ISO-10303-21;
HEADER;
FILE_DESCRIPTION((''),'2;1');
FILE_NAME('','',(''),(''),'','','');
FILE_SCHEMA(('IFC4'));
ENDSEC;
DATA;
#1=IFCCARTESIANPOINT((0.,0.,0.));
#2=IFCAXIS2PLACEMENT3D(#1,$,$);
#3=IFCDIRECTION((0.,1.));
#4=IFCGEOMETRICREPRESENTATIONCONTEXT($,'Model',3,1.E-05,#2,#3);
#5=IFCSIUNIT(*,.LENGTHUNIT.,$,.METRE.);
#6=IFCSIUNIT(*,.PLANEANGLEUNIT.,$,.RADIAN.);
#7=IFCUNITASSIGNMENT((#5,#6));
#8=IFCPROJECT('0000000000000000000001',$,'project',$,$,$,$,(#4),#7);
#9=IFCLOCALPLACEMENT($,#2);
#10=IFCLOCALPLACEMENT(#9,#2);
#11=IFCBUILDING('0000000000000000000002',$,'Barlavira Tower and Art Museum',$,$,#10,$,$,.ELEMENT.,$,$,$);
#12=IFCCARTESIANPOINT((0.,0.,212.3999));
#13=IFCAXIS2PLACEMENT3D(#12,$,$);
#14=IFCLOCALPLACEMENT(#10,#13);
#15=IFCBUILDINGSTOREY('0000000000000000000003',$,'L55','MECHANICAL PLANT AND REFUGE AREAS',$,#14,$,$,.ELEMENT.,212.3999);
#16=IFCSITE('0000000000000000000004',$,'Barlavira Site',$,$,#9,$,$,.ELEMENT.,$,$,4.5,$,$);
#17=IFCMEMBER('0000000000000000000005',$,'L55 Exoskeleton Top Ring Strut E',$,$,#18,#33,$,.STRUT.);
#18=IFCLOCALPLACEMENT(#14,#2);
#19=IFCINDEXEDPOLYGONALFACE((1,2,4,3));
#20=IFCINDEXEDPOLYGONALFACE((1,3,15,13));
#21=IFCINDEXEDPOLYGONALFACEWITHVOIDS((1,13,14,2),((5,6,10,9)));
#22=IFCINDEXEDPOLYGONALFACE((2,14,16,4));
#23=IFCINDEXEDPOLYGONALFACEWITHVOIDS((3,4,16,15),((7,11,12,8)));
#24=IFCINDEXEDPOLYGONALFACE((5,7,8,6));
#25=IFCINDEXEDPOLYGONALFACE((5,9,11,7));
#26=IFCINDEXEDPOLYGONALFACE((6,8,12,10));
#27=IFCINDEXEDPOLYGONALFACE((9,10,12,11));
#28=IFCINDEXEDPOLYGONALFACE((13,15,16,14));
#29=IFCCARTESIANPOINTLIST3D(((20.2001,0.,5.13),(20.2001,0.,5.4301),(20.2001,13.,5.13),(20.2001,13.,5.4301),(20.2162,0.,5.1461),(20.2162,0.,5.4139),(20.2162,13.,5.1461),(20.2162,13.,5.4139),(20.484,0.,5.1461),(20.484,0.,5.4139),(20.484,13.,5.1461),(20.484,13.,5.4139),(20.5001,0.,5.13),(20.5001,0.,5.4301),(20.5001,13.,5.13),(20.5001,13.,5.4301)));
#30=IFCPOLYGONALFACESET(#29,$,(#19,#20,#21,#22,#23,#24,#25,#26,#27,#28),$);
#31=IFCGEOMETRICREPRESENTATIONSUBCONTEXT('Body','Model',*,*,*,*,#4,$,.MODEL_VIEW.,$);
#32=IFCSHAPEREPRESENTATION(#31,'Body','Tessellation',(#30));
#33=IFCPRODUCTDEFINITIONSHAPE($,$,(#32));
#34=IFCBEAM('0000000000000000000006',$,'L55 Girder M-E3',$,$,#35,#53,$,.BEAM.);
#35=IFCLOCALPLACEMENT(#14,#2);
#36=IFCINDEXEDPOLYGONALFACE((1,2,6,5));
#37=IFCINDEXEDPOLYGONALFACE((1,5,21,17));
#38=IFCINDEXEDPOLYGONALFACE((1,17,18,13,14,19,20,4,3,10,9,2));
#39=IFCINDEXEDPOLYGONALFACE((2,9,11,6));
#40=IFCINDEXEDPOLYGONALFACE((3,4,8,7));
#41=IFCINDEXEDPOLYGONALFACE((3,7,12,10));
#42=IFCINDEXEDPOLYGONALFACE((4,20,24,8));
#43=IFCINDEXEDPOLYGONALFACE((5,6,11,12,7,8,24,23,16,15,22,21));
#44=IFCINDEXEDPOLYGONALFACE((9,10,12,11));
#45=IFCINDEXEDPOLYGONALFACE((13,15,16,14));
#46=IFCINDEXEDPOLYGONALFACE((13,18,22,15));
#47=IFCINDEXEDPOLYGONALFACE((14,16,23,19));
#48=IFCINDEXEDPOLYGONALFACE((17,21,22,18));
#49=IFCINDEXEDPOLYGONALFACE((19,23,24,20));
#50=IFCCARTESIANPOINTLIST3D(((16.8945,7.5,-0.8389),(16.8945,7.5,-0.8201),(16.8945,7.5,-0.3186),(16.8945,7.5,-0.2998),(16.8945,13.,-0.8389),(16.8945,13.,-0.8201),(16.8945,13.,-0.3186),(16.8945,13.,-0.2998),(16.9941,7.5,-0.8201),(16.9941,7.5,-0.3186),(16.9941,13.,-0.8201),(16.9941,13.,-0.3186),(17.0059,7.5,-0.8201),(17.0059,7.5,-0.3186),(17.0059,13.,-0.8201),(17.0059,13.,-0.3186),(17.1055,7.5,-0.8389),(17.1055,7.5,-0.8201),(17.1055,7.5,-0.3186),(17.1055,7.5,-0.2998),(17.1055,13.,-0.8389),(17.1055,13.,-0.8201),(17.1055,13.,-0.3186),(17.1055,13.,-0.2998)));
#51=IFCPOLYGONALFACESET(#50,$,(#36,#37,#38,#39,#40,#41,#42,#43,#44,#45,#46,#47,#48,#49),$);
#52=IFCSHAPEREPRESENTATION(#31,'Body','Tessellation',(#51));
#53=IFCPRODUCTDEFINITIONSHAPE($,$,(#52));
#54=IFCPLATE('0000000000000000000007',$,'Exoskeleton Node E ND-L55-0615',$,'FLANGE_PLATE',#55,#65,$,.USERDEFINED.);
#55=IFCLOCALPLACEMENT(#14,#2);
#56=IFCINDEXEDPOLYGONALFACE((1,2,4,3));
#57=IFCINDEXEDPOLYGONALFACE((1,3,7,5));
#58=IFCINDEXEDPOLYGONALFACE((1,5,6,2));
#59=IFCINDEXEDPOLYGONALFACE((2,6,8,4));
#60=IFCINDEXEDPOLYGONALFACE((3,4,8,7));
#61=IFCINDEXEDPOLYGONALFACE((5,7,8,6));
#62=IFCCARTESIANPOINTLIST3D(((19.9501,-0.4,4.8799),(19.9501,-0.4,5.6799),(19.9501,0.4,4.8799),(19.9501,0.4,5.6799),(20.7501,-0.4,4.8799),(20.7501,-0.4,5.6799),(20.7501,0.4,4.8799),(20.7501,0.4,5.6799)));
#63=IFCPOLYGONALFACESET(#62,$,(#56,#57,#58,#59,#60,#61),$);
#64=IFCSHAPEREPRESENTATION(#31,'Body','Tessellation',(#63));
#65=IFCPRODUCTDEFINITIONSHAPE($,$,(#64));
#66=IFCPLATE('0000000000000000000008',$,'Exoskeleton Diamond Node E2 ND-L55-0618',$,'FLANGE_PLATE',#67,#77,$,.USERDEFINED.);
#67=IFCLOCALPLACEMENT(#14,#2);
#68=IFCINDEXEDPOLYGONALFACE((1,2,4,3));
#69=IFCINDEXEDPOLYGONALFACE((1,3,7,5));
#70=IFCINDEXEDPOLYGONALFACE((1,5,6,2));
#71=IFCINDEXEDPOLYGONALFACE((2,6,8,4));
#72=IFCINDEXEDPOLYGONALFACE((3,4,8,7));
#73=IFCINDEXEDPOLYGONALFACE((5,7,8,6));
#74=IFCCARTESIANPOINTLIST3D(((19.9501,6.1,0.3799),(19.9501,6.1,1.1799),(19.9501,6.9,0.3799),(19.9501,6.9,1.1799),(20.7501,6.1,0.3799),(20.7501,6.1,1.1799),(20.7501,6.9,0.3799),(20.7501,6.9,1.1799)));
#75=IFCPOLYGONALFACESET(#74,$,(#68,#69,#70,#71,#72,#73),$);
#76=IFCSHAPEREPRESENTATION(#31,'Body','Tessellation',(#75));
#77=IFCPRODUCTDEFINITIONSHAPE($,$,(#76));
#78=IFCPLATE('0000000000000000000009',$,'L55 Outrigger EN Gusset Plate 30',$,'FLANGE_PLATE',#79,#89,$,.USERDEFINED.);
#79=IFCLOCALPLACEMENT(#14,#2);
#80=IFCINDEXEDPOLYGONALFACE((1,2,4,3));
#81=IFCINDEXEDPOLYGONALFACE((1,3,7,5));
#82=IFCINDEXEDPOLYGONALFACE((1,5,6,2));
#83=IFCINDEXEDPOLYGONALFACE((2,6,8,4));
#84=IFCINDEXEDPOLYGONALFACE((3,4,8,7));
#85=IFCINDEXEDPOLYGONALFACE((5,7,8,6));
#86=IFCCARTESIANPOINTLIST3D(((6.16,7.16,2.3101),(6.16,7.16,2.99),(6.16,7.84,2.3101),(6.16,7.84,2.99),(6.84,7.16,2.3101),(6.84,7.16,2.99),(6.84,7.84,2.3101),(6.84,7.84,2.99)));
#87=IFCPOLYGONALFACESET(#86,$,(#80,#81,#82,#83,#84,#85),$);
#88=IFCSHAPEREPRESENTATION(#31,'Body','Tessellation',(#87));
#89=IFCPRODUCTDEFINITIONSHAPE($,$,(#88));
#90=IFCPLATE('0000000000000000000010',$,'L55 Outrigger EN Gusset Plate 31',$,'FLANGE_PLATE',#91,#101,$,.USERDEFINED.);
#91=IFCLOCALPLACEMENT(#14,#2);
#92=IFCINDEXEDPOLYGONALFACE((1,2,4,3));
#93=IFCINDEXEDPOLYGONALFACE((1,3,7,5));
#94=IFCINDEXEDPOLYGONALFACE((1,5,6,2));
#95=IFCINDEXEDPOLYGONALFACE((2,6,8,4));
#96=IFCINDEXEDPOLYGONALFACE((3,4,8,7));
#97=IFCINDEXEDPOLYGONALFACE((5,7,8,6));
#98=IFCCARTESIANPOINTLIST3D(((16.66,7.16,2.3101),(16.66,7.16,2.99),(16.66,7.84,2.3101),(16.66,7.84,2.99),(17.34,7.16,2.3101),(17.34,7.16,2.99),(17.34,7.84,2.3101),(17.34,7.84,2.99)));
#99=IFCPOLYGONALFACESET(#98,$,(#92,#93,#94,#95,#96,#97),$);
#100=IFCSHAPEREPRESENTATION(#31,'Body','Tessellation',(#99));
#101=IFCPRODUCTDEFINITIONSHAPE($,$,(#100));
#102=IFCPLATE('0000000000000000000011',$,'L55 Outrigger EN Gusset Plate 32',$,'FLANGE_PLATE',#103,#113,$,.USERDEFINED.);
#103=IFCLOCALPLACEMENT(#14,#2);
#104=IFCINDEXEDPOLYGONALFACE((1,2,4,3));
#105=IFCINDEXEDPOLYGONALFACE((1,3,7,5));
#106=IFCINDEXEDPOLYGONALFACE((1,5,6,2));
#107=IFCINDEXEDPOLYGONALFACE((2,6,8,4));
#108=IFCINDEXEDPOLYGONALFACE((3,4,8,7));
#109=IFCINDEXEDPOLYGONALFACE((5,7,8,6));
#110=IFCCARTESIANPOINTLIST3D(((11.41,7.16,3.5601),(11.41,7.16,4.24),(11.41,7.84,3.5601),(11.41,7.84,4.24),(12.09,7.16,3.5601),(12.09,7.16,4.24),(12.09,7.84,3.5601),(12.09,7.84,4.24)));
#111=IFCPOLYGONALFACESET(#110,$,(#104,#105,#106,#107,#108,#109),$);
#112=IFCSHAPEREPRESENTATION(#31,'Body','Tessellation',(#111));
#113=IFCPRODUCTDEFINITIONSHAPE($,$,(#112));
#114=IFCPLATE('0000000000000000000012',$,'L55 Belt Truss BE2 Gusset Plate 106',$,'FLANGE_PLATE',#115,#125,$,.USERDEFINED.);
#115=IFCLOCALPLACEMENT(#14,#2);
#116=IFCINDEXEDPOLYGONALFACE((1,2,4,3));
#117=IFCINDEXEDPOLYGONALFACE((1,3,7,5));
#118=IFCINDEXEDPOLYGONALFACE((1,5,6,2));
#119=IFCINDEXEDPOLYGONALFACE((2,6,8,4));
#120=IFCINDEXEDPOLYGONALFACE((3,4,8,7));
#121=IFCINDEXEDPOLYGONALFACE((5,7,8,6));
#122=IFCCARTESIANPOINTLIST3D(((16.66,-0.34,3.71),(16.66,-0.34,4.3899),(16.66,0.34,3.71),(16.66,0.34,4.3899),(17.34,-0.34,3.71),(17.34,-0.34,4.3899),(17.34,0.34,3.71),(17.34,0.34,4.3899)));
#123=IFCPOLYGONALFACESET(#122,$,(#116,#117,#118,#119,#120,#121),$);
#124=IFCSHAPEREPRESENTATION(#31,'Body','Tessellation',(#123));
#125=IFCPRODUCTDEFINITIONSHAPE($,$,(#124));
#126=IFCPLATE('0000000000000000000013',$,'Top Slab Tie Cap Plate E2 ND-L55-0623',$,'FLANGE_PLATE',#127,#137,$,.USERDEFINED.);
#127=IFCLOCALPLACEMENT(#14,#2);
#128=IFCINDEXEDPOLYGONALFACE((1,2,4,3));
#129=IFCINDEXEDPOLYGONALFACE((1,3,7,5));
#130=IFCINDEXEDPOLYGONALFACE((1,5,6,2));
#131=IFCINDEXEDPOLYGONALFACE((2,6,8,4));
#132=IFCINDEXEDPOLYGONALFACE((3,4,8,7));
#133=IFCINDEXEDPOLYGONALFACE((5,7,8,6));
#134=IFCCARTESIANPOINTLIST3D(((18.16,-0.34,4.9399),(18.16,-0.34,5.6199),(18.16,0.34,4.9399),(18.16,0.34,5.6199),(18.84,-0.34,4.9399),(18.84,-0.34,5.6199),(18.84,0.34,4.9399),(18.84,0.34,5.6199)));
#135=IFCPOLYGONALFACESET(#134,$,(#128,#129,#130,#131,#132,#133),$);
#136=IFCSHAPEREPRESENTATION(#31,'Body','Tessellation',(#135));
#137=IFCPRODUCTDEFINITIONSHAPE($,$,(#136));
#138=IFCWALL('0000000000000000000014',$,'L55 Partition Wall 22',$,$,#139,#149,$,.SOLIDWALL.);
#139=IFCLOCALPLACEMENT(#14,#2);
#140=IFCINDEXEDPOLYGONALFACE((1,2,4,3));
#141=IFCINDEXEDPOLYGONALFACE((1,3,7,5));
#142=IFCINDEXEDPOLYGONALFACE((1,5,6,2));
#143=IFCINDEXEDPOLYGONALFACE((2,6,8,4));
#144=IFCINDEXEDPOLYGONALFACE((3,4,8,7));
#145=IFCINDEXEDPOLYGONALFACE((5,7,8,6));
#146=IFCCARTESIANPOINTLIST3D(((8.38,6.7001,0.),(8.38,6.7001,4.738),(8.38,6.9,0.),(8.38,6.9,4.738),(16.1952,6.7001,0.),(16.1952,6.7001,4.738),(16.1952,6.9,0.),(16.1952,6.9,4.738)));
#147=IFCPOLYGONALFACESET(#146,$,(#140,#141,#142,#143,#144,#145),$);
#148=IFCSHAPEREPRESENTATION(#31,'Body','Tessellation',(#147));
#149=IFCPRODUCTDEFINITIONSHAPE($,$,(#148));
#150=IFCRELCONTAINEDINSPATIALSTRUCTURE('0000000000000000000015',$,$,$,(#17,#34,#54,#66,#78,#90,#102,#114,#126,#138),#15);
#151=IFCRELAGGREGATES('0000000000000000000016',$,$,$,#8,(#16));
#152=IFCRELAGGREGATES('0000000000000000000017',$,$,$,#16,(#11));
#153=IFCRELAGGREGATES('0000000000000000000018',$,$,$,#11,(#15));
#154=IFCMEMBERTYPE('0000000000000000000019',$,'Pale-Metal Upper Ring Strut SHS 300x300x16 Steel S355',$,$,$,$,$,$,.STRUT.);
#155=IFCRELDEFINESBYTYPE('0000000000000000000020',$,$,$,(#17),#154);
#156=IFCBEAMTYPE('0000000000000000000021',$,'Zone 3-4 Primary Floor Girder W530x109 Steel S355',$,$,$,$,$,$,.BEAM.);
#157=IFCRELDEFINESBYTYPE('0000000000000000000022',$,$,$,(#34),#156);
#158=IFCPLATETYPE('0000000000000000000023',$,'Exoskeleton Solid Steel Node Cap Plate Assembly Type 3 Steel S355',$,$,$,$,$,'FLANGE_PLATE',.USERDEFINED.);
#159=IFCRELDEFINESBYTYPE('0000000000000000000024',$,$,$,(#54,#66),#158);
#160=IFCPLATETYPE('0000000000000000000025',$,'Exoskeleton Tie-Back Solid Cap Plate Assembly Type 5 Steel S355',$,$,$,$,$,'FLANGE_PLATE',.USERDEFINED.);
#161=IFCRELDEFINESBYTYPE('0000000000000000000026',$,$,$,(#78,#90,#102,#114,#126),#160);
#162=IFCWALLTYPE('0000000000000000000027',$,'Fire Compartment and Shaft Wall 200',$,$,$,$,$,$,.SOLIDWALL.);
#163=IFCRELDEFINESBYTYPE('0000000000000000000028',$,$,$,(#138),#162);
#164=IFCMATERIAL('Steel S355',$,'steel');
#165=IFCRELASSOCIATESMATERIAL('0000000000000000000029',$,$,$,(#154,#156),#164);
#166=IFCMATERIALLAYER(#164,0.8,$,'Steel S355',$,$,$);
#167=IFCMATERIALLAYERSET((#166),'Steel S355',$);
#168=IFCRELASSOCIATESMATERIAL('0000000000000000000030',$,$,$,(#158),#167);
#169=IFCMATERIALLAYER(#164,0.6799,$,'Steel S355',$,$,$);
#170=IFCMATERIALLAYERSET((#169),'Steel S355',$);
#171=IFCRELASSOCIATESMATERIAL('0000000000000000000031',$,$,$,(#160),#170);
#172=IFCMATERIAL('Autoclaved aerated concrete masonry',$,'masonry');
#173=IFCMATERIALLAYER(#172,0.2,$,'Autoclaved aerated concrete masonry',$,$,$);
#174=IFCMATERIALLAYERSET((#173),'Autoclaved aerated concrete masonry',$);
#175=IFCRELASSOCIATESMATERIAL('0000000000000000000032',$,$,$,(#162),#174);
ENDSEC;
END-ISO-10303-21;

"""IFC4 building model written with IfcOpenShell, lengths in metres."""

from ifc_helpers import new_model, si_unit, direction, frame, frame_2d, origin, origin_2d, place, context, subcontext, project, spatial, rectangle, hollow_rectangle, i_section, extrude, material, layer, layer_set, material_profile, profile_set, type_object, element, save


model = new_model("IFC4")

# Units and contexts
model_context = context("Model", 3, precision=1e-05, world=origin(), true_north=direction((0.0, 1.0)))
body_context = subcontext(model_context, "Body", "Model", "MODEL_VIEW")
ifc_project = project(units=[si_unit("LENGTHUNIT", "METRE"), si_unit("PLANEANGLEUNIT", "RADIAN")], contexts=[model_context])

# Site, building, storey
site_placement = place(None, origin())
site = spatial("IfcSite", under=ifc_project, at=site_placement, Name="Barlavira Site", CompositionType="ELEMENT", RefElevation=4.5)
building_placement = place(site_placement, origin())
building = spatial("IfcBuilding", under=site, at=building_placement, Name="Barlavira Tower and Art Museum", CompositionType="ELEMENT")
storey_placement = place(building_placement, frame((0.0, 0.0, 212.3999)))
storey = spatial("IfcBuildingStorey", under=building, at=storey_placement, Name="L55", Description="MECHANICAL PLANT AND REFUGE AREAS", CompositionType="ELEMENT", Elevation=212.3999)

# Member
ifc_material_1 = material(Name="Steel S355", Category="steel")
ifc_material_profile_1 = material_profile(ifc_material_1, hollow_rectangle(XDim=0.3, YDim=0.3, WallThickness=0.0161, at=origin_2d()), Name="SHS 300x300x16.0")
ifc_profile_set_1 = profile_set([ifc_material_profile_1], Name="Steel S355")
member_type_1 = type_object("IfcMemberType", Name="Pale-Metal Upper Ring Strut SHS 300x300x16 Steel S355", PredefinedType="STRUT", material=ifc_profile_set_1)
member_1_placement = place(storey_placement, frame((20.3501, 0.0, 5.28), z_axis=(0.0, 1.0, 0.0), x_axis=(-1.0, 0.0, 0.0)))
element("IfcMember", 1, at=member_1_placement, inside=storey, type_object=member_type_1, Name="L55 Exoskeleton Top Ring Strut E", PredefinedType="STRUT", context=body_context, shape_type="SweptSolid", body=[
    extrude(hollow_rectangle(XDim=0.3, YDim=0.3, WallThickness=0.0161, at=origin_2d()), origin(), (0.0, 0.0, 1.0), 13.0),
])

# Beam
ifc_material_profile_2 = material_profile(ifc_material_1, i_section(OverallWidth=0.2109, OverallDepth=0.5391, WebThickness=0.0117, FlangeThickness=0.0188, at=origin_2d()), Name="W530x109.0")
ifc_profile_set_2 = profile_set([ifc_material_profile_2], Name="Steel S355")
beam_type = type_object("IfcBeamType", Name="Zone 3-4 Primary Floor Girder W530x109 Steel S355", PredefinedType="BEAM", material=ifc_profile_set_2)
beam_placement = place(storey_placement, frame((17.0, 7.5, -0.5693), z_axis=(0.0, 1.0, 0.0), x_axis=(-1.0, 0.0, 0.0)))
element("IfcBeam", 2, at=beam_placement, inside=storey, type_object=beam_type, Name="L55 Girder M-E3", PredefinedType="BEAM", context=body_context, shape_type="SweptSolid", body=[
    extrude(i_section(OverallWidth=0.2109, OverallDepth=0.5391, WebThickness=0.0117, FlangeThickness=0.0188, at=origin_2d()), origin(), (0.0, 0.0, 1.0), 5.5),
])

# Plates
ifc_layer_1 = layer(ifc_material_1, 0.8, Name="Steel S355")
ifc_layer_set_1 = layer_set([ifc_layer_1], Name="Steel S355")
plate_type_1 = type_object("IfcPlateType", Name="Exoskeleton Solid Steel Node Cap Plate Assembly Type 3 Steel S355", ElementType="FLANGE_PLATE", PredefinedType="USERDEFINED", material=ifc_layer_set_1)
for number, where, z_axis, x_axis, name in (
    (3, (20.3501, 0.0, 4.8799), (0.0, 0.0, 1.0), (1.0, 0.0, 0.0), "Exoskeleton Node E ND-L55-0615"),
    (4, (20.3501, 6.5, 0.3799), (0.0, 0.0, 1.0), (1.0, 0.0, 0.0), "Exoskeleton Diamond Node E2 ND-L55-0618"),
):
    element("IfcPlate", number, at=place(storey_placement, frame(where, z_axis=z_axis, x_axis=x_axis)), inside=storey, type_object=plate_type_1, Name=name, ObjectType="FLANGE_PLATE", PredefinedType="USERDEFINED", context=body_context, shape_type="SweptSolid", body=[
        extrude(rectangle(XDim=0.8, YDim=0.8, at=origin_2d()), origin(), (0.0, 0.0, 1.0), 0.8),
    ])
ifc_layer_2 = layer(ifc_material_1, 0.6799, Name="Steel S355")
ifc_layer_set_2 = layer_set([ifc_layer_2], Name="Steel S355")
plate_type_2 = type_object("IfcPlateType", Name="Exoskeleton Tie-Back Solid Cap Plate Assembly Type 5 Steel S355", ElementType="FLANGE_PLATE", PredefinedType="USERDEFINED", material=ifc_layer_set_2)
for number, where, z_axis, x_axis, name in (
    (5, (6.5, 7.5, 2.3101), (0.0, 0.0, 1.0), (1.0, 0.0, 0.0), "L55 Outrigger EN Gusset Plate 30"),
    (6, (17.0, 7.5, 2.3101), (0.0, 0.0, 1.0), (1.0, 0.0, 0.0), "L55 Outrigger EN Gusset Plate 31"),
    (7, (11.75, 7.5, 3.5601), (0.0, 0.0, 1.0), (1.0, 0.0, 0.0), "L55 Outrigger EN Gusset Plate 32"),
    (8, (17.0, 0.0, 3.71), (0.0, 0.0, 1.0), (1.0, 0.0, 0.0), "L55 Belt Truss BE2 Gusset Plate 106"),
    (9, (18.5, 0.0, 4.9399), (0.0, 0.0, 1.0), (1.0, 0.0, 0.0), "Top Slab Tie Cap Plate E2 ND-L55-0623"),
):
    element("IfcPlate", number, at=place(storey_placement, frame(where, z_axis=z_axis, x_axis=x_axis)), inside=storey, type_object=plate_type_2, Name=name, ObjectType="FLANGE_PLATE", PredefinedType="USERDEFINED", context=body_context, shape_type="SweptSolid", body=[
        extrude(rectangle(XDim=0.6799, YDim=0.6799, at=origin_2d()), origin(), (0.0, 0.0, 1.0), 0.6799),
    ])

# Wall
ifc_material_2 = material(Name="Autoclaved aerated concrete masonry", Category="masonry")
ifc_layer_3 = layer(ifc_material_2, 0.2, Name="Autoclaved aerated concrete masonry")
ifc_layer_set_3 = layer_set([ifc_layer_3], Name="Autoclaved aerated concrete masonry")
wall_type = type_object("IfcWallType", Name="Fire Compartment and Shaft Wall 200", PredefinedType="SOLIDWALL", material=ifc_layer_set_3)
wall_placement = place(storey_placement, frame((8.3799, 6.8, 0.0), z_axis=(0.0, 0.0, 1.0), x_axis=(1.0, 0.0, 0.0)))
element("IfcWall", 10, at=wall_placement, inside=storey, type_object=wall_type, Name="L55 Partition Wall 22", PredefinedType="SOLIDWALL", context=body_context, shape_type="SweptSolid", body=[
    extrude(rectangle(XDim=7.8152, YDim=0.2, at=frame_2d((3.9077, 0.0))), origin(), (0.0, 0.0, 1.0), 4.738),
])

save(model, "model.ifc")
